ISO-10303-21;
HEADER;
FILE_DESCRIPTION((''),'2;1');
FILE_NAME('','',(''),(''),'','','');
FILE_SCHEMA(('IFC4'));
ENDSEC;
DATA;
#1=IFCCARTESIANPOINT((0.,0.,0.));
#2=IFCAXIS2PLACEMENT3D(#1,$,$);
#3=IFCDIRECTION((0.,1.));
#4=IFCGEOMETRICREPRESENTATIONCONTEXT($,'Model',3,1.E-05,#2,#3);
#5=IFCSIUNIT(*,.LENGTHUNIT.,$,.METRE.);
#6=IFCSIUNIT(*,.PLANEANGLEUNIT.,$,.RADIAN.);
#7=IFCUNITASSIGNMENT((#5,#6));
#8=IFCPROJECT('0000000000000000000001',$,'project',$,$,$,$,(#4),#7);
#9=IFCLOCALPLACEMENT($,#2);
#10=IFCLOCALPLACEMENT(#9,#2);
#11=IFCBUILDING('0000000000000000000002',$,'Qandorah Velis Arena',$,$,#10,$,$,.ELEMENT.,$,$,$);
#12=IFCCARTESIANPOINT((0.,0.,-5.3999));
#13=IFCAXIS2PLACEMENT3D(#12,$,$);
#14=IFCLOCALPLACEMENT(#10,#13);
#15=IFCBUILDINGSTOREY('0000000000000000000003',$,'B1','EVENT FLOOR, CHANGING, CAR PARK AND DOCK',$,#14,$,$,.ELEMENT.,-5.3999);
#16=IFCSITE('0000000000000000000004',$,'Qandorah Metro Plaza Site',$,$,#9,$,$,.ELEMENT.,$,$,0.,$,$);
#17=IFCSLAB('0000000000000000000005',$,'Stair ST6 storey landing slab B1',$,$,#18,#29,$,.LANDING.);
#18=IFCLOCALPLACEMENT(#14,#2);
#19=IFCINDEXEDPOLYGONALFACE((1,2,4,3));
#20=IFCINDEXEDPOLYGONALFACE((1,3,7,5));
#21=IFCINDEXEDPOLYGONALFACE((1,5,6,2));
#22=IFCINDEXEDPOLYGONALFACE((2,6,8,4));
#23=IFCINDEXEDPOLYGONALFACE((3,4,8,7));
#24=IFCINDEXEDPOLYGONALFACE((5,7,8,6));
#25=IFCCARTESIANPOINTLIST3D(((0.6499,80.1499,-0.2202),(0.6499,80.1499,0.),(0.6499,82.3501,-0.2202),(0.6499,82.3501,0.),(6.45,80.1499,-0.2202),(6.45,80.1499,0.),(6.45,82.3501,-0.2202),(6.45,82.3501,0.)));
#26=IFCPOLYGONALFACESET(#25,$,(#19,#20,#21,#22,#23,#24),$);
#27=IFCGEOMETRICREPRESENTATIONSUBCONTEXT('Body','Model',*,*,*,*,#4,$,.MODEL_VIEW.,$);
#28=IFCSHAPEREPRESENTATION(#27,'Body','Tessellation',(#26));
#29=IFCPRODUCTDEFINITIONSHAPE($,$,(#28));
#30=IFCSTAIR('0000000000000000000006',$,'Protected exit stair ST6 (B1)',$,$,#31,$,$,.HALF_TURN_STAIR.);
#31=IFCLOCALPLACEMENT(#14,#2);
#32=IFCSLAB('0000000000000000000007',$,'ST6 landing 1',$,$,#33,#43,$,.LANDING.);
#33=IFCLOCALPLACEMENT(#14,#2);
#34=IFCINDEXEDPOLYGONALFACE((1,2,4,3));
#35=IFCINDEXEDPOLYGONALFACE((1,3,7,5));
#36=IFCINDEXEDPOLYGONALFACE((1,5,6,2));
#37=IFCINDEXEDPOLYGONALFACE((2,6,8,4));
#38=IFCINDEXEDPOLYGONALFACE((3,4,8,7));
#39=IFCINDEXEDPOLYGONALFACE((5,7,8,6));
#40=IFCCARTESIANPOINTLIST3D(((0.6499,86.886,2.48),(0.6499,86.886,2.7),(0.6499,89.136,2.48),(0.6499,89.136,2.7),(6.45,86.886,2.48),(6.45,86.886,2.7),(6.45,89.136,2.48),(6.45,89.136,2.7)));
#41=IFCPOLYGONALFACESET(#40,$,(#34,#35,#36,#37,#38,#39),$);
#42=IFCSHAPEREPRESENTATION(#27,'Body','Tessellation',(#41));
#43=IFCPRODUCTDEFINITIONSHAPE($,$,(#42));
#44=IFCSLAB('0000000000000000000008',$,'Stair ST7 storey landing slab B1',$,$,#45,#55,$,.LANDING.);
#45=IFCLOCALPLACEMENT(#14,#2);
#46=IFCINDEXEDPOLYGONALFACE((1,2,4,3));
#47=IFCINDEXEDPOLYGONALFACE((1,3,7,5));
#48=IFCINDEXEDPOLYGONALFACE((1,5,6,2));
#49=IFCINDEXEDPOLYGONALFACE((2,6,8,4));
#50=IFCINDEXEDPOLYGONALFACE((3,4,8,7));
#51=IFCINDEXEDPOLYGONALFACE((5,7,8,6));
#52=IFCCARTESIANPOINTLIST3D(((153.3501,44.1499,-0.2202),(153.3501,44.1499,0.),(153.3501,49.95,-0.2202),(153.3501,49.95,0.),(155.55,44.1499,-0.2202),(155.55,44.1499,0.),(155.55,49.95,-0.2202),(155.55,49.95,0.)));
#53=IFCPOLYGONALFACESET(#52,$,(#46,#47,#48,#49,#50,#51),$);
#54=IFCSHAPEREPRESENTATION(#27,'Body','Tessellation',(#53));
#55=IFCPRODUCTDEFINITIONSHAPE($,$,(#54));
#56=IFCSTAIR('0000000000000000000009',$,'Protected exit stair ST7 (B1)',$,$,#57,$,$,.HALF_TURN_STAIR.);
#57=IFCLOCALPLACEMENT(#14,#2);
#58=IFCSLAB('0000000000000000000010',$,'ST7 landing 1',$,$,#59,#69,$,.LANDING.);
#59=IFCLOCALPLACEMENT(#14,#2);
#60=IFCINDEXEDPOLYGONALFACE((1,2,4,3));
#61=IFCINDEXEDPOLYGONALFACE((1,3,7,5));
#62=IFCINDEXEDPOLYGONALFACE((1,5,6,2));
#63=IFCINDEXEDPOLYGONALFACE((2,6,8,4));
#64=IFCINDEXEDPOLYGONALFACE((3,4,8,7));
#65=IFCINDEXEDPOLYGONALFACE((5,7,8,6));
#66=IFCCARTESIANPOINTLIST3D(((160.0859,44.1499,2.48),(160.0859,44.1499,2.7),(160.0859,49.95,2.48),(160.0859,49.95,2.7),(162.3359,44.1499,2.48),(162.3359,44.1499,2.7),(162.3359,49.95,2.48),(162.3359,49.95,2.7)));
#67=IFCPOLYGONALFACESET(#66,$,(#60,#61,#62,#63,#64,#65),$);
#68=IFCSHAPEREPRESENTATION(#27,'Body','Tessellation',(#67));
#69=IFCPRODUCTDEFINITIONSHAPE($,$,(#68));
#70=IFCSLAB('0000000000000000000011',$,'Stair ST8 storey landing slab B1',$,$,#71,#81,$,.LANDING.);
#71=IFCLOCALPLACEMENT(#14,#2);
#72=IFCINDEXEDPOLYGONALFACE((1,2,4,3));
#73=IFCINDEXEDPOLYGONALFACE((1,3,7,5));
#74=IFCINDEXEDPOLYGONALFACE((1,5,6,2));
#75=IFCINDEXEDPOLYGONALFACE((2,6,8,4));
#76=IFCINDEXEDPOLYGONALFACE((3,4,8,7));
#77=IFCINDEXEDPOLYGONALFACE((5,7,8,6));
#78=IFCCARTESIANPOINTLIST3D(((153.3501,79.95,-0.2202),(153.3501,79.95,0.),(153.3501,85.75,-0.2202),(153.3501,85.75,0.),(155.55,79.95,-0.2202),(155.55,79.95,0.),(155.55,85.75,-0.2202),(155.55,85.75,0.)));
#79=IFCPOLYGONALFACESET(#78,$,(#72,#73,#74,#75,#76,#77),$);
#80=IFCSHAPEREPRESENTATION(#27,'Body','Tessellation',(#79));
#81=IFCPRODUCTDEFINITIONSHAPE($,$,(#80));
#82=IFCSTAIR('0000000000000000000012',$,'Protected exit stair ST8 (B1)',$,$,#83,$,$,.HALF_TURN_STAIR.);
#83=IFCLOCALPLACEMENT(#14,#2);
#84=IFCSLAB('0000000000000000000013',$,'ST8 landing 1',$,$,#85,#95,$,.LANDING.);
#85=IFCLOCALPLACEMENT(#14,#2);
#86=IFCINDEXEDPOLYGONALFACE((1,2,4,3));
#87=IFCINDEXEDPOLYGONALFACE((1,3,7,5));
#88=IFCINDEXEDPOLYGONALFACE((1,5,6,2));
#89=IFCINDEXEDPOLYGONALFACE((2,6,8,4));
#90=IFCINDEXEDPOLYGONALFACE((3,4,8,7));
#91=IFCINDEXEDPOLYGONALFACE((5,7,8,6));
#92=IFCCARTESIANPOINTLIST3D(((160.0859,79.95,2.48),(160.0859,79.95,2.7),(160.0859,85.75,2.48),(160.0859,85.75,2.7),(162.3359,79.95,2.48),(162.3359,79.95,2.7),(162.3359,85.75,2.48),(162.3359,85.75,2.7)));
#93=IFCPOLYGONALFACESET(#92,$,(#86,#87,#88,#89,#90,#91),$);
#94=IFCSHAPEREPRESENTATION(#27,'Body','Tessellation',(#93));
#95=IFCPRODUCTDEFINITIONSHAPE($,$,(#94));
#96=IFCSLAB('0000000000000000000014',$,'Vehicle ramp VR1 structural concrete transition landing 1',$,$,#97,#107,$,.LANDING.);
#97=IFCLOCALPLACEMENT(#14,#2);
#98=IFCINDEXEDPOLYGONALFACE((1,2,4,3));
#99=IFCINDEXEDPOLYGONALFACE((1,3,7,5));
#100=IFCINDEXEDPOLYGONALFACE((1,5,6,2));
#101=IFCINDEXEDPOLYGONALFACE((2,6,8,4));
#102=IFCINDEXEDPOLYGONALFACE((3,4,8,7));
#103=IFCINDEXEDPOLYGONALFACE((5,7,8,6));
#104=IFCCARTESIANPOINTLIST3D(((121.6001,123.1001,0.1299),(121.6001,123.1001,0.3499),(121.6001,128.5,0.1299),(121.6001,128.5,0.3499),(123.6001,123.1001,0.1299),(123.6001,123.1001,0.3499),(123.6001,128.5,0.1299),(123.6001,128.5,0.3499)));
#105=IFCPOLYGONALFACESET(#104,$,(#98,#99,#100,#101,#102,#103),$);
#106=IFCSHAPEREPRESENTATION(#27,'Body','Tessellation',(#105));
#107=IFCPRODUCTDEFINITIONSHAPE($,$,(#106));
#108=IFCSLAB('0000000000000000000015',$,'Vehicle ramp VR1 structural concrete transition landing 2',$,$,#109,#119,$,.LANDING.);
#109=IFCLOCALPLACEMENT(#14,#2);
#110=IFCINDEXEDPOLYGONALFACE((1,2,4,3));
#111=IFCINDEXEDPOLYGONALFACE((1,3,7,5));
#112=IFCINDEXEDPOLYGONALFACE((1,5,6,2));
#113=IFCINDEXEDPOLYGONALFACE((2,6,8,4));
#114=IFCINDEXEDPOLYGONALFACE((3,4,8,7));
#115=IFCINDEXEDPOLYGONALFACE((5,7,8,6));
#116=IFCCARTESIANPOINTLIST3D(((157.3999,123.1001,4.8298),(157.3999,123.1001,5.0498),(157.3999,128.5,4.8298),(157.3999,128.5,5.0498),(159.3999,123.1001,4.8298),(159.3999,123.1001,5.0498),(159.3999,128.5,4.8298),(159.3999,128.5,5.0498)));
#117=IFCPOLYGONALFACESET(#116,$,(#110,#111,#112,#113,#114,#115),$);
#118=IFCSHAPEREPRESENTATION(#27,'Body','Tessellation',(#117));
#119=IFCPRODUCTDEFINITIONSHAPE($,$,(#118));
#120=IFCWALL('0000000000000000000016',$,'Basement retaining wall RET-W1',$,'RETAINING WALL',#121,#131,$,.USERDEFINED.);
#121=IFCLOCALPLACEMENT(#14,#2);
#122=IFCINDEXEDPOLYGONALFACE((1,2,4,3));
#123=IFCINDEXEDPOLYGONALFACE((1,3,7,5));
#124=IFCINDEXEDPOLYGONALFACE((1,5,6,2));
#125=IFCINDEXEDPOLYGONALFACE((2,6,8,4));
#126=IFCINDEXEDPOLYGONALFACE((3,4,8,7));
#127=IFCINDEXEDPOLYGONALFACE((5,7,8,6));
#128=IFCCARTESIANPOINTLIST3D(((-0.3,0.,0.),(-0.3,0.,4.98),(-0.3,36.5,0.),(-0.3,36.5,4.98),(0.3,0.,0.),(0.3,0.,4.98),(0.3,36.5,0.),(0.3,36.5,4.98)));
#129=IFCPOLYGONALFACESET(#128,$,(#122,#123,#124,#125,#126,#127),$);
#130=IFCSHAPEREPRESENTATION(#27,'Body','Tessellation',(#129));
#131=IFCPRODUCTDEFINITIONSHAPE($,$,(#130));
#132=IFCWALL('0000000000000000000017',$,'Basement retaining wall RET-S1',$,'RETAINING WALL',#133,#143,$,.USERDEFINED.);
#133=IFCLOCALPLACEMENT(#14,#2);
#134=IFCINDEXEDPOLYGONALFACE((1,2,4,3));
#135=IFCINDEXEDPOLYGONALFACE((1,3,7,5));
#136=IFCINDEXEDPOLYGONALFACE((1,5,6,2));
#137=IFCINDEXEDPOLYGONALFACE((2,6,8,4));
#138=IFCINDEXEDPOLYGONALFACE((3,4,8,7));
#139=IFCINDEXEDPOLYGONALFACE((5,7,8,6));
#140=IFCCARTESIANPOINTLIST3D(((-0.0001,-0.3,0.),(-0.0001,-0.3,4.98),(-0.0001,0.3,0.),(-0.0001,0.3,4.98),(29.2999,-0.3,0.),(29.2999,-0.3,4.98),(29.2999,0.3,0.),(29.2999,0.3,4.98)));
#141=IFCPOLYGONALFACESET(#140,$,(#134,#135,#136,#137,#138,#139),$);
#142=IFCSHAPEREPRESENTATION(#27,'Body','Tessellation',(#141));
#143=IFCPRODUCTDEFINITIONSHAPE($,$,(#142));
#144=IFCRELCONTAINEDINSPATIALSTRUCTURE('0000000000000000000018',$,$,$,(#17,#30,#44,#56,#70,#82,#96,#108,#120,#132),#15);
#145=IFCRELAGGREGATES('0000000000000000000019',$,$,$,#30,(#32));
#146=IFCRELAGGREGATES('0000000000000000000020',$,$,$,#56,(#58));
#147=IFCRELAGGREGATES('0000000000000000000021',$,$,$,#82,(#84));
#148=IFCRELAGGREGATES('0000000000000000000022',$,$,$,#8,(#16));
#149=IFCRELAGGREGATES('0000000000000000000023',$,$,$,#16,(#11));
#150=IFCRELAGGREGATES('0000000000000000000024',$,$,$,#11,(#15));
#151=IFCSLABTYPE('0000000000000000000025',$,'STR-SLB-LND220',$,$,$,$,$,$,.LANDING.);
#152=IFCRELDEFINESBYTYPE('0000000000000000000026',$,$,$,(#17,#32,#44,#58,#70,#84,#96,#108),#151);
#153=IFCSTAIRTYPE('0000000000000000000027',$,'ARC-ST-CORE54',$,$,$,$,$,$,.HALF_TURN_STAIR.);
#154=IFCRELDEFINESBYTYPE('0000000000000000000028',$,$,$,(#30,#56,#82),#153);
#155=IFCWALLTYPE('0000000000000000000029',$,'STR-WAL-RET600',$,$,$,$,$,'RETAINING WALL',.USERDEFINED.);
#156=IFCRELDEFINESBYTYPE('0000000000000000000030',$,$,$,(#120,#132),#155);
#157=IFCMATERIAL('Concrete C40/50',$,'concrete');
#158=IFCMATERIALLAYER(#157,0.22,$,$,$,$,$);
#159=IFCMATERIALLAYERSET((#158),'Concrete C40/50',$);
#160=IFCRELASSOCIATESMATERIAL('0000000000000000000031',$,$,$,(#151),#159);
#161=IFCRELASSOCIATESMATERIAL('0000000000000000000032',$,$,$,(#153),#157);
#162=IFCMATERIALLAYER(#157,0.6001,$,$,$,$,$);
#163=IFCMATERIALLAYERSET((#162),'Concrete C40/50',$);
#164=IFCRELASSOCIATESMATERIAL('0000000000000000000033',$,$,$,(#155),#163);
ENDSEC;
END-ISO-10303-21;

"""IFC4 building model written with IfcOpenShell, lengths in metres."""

from ifc_helpers import new_model, si_unit, direction, frame, frame_2d, origin, origin_with_axes, place, context, subcontext, project, spatial, polyline, rectangle, outline, extrude, material, layer, layer_set, type_object, element, aggregate, save


model = new_model("IFC4")

# Units and contexts
model_context = context("Model", 3, precision=1e-05, world=origin(), true_north=direction((0.0, 1.0)))
body_context = subcontext(model_context, "Body", "Model", "MODEL_VIEW")
ifc_project = project(units=[si_unit("LENGTHUNIT", "METRE"), si_unit("PLANEANGLEUNIT", "RADIAN")], contexts=[model_context])

# Site, building, storey
site_placement = place(None, origin())
site = spatial("IfcSite", under=ifc_project, at=site_placement, Name="Qandorah Metro Plaza Site", CompositionType="ELEMENT", RefElevation=0.0)
building_placement = place(site_placement, origin())
building = spatial("IfcBuilding", under=site, at=building_placement, Name="Qandorah Velis Arena", CompositionType="ELEMENT")
storey_placement = place(building_placement, frame((0.0, 0.0, -5.3999)))
storey = spatial("IfcBuildingStorey", under=building, at=storey_placement, Name="B1", Description="EVENT FLOOR, CHANGING, CAR PARK AND DOCK", CompositionType="ELEMENT", Elevation=-5.3999)

# Shared definitions
ifc_material = material(Name="Concrete C40/50", Category="concrete")

# Shared definitions
ifc_layer_1 = layer(ifc_material, 0.22)
ifc_layer_set_1 = layer_set([ifc_layer_1], Name="Concrete C40/50")
slab_type_1 = type_object("IfcSlabType", Name="STR-SLB-LND220", PredefinedType="LANDING", material=ifc_layer_set_1)

# Shared definitions
stair_type = type_object("IfcStairType", Name="ARC-ST-CORE54", PredefinedType="HALF_TURN_STAIR", material=ifc_material)

# Slab
slab_1_placement = place(storey_placement, frame((0.0, 0.0, -0.2202)))
element("IfcSlab", 1, at=slab_1_placement, inside=storey, type_object=slab_type_1, Name="Stair ST6 storey landing slab B1", PredefinedType="LANDING", context=body_context, shape_type="SweptSolid", body=[
    extrude(outline(polyline([(0.6499, 80.1499), (6.45, 80.1499), (6.45, 82.3501), (0.6499, 82.3501), (0.6499, 80.1499)])), origin(), (0.0, 0.0, 1.0), 0.2202),
])

# Stair, slab
stair_1_placement = place(storey_placement, origin())
stair_1 = element("IfcStair", 2, at=stair_1_placement, inside=storey, type_object=stair_type, Name="Protected exit stair ST6 (B1)", PredefinedType="HALF_TURN_STAIR")
slab_2_placement = place(storey_placement, frame((0.0, 0.0, 2.48)))
slab_2 = element("IfcSlab", 3, at=slab_2_placement, type_object=slab_type_1, Name="ST6 landing 1", PredefinedType="LANDING", context=body_context, shape_type="SweptSolid", body=[
    extrude(outline(polyline([(0.6499, 86.886), (6.45, 86.886), (6.45, 89.136), (0.6499, 89.136), (0.6499, 86.886)])), origin(), (0.0, 0.0, 1.0), 0.22),
])
aggregate(stair_1, [slab_2])

# Slab
slab_3_placement = place(storey_placement, frame((0.0, 0.0, -0.2202)))
element("IfcSlab", 4, at=slab_3_placement, inside=storey, type_object=slab_type_1, Name="Stair ST7 storey landing slab B1", PredefinedType="LANDING", context=body_context, shape_type="SweptSolid", body=[
    extrude(outline(polyline([(153.3501, 44.1499), (155.55, 44.1499), (155.55, 49.95), (153.3501, 49.95), (153.3501, 44.1499)])), origin(), (0.0, 0.0, 1.0), 0.2202),
])

# Stair, slab
stair_2_placement = place(storey_placement, origin())
stair_2 = element("IfcStair", 5, at=stair_2_placement, inside=storey, type_object=stair_type, Name="Protected exit stair ST7 (B1)", PredefinedType="HALF_TURN_STAIR")
slab_4_placement = place(storey_placement, frame((0.0, 0.0, 2.48)))
slab_4 = element("IfcSlab", 6, at=slab_4_placement, type_object=slab_type_1, Name="ST7 landing 1", PredefinedType="LANDING", context=body_context, shape_type="SweptSolid", body=[
    extrude(outline(polyline([(160.0859, 44.1499), (162.3359, 44.1499), (162.3359, 49.95), (160.0859, 49.95), (160.0859, 44.1499)])), origin(), (0.0, 0.0, 1.0), 0.22),
])
aggregate(stair_2, [slab_4])

# Slab
slab_5_placement = place(storey_placement, frame((0.0, 0.0, -0.2202)))
element("IfcSlab", 7, at=slab_5_placement, inside=storey, type_object=slab_type_1, Name="Stair ST8 storey landing slab B1", PredefinedType="LANDING", context=body_context, shape_type="SweptSolid", body=[
    extrude(outline(polyline([(153.3501, 79.95), (155.55, 79.95), (155.55, 85.75), (153.3501, 85.75), (153.3501, 79.95)])), origin(), (0.0, 0.0, 1.0), 0.2202),
])

# Stair, slab
stair_3_placement = place(storey_placement, origin())
stair_3 = element("IfcStair", 8, at=stair_3_placement, inside=storey, type_object=stair_type, Name="Protected exit stair ST8 (B1)", PredefinedType="HALF_TURN_STAIR")
slab_6_placement = place(storey_placement, frame((0.0, 0.0, 2.48)))
slab_6 = element("IfcSlab", 9, at=slab_6_placement, type_object=slab_type_1, Name="ST8 landing 1", PredefinedType="LANDING", context=body_context, shape_type="SweptSolid", body=[
    extrude(outline(polyline([(160.0859, 79.95), (162.3359, 79.95), (162.3359, 85.75), (160.0859, 85.75), (160.0859, 79.95)])), origin(), (0.0, 0.0, 1.0), 0.22),
])
aggregate(stair_3, [slab_6])

# Slabs
slab_7_placement = place(storey_placement, frame((0.0, 0.0, 0.1299)))
element("IfcSlab", 10, at=slab_7_placement, inside=storey, type_object=slab_type_1, Name="Vehicle ramp VR1 structural concrete transition landing 1", PredefinedType="LANDING", context=body_context, shape_type="SweptSolid", body=[
    extrude(outline(polyline([(121.6001, 123.1001), (123.6001, 123.1001), (123.6001, 128.5), (121.6001, 128.5), (121.6001, 123.1001)])), origin(), (0.0, 0.0, 1.0), 0.22),
])
slab_8_placement = place(storey_placement, frame((0.0, 0.0, 4.8298)))
element("IfcSlab", 11, at=slab_8_placement, inside=storey, type_object=slab_type_1, Name="Vehicle ramp VR1 structural concrete transition landing 2", PredefinedType="LANDING", context=body_context, shape_type="SweptSolid", body=[
    extrude(outline(polyline([(157.3999, 123.1001), (159.3999, 123.1001), (159.3999, 128.5), (157.3999, 128.5), (157.3999, 123.1001)])), origin(), (0.0, 0.0, 1.0), 0.22),
])

# Walls
ifc_layer_2 = layer(ifc_material, 0.6001)
ifc_layer_set_2 = layer_set([ifc_layer_2], Name="Concrete C40/50")
wall_type = type_object("IfcWallType", Name="STR-WAL-RET600", ElementType="RETAINING WALL", PredefinedType="USERDEFINED", material=ifc_layer_set_2)
wall_1_placement = place(storey_placement, frame((0.0, 0.0, 0.0), z_axis=(0.0, 0.0, 1.0), x_axis=(0.0, 1.0, 0.0)))
element("IfcWall", 12, at=wall_1_placement, inside=storey, type_object=wall_type, Name="Basement retaining wall RET-W1", ObjectType="RETAINING WALL", PredefinedType="USERDEFINED", context=body_context, shape_type="SweptSolid", body=[
    extrude(rectangle(XDim=36.5, YDim=0.6001, at=frame_2d((18.25, 0.0))), origin(), (0.0, 0.0, 1.0), 4.98),
])
wall_2_placement = place(storey_placement, origin_with_axes())
element("IfcWall", 13, at=wall_2_placement, inside=storey, type_object=wall_type, Name="Basement retaining wall RET-S1", ObjectType="RETAINING WALL", PredefinedType="USERDEFINED", context=body_context, shape_type="SweptSolid", body=[
    extrude(rectangle(XDim=29.3, YDim=0.6001, at=frame_2d((14.6499, 0.0))), origin(), (0.0, 0.0, 1.0), 4.98),
])

save(model, "model.ifc")
